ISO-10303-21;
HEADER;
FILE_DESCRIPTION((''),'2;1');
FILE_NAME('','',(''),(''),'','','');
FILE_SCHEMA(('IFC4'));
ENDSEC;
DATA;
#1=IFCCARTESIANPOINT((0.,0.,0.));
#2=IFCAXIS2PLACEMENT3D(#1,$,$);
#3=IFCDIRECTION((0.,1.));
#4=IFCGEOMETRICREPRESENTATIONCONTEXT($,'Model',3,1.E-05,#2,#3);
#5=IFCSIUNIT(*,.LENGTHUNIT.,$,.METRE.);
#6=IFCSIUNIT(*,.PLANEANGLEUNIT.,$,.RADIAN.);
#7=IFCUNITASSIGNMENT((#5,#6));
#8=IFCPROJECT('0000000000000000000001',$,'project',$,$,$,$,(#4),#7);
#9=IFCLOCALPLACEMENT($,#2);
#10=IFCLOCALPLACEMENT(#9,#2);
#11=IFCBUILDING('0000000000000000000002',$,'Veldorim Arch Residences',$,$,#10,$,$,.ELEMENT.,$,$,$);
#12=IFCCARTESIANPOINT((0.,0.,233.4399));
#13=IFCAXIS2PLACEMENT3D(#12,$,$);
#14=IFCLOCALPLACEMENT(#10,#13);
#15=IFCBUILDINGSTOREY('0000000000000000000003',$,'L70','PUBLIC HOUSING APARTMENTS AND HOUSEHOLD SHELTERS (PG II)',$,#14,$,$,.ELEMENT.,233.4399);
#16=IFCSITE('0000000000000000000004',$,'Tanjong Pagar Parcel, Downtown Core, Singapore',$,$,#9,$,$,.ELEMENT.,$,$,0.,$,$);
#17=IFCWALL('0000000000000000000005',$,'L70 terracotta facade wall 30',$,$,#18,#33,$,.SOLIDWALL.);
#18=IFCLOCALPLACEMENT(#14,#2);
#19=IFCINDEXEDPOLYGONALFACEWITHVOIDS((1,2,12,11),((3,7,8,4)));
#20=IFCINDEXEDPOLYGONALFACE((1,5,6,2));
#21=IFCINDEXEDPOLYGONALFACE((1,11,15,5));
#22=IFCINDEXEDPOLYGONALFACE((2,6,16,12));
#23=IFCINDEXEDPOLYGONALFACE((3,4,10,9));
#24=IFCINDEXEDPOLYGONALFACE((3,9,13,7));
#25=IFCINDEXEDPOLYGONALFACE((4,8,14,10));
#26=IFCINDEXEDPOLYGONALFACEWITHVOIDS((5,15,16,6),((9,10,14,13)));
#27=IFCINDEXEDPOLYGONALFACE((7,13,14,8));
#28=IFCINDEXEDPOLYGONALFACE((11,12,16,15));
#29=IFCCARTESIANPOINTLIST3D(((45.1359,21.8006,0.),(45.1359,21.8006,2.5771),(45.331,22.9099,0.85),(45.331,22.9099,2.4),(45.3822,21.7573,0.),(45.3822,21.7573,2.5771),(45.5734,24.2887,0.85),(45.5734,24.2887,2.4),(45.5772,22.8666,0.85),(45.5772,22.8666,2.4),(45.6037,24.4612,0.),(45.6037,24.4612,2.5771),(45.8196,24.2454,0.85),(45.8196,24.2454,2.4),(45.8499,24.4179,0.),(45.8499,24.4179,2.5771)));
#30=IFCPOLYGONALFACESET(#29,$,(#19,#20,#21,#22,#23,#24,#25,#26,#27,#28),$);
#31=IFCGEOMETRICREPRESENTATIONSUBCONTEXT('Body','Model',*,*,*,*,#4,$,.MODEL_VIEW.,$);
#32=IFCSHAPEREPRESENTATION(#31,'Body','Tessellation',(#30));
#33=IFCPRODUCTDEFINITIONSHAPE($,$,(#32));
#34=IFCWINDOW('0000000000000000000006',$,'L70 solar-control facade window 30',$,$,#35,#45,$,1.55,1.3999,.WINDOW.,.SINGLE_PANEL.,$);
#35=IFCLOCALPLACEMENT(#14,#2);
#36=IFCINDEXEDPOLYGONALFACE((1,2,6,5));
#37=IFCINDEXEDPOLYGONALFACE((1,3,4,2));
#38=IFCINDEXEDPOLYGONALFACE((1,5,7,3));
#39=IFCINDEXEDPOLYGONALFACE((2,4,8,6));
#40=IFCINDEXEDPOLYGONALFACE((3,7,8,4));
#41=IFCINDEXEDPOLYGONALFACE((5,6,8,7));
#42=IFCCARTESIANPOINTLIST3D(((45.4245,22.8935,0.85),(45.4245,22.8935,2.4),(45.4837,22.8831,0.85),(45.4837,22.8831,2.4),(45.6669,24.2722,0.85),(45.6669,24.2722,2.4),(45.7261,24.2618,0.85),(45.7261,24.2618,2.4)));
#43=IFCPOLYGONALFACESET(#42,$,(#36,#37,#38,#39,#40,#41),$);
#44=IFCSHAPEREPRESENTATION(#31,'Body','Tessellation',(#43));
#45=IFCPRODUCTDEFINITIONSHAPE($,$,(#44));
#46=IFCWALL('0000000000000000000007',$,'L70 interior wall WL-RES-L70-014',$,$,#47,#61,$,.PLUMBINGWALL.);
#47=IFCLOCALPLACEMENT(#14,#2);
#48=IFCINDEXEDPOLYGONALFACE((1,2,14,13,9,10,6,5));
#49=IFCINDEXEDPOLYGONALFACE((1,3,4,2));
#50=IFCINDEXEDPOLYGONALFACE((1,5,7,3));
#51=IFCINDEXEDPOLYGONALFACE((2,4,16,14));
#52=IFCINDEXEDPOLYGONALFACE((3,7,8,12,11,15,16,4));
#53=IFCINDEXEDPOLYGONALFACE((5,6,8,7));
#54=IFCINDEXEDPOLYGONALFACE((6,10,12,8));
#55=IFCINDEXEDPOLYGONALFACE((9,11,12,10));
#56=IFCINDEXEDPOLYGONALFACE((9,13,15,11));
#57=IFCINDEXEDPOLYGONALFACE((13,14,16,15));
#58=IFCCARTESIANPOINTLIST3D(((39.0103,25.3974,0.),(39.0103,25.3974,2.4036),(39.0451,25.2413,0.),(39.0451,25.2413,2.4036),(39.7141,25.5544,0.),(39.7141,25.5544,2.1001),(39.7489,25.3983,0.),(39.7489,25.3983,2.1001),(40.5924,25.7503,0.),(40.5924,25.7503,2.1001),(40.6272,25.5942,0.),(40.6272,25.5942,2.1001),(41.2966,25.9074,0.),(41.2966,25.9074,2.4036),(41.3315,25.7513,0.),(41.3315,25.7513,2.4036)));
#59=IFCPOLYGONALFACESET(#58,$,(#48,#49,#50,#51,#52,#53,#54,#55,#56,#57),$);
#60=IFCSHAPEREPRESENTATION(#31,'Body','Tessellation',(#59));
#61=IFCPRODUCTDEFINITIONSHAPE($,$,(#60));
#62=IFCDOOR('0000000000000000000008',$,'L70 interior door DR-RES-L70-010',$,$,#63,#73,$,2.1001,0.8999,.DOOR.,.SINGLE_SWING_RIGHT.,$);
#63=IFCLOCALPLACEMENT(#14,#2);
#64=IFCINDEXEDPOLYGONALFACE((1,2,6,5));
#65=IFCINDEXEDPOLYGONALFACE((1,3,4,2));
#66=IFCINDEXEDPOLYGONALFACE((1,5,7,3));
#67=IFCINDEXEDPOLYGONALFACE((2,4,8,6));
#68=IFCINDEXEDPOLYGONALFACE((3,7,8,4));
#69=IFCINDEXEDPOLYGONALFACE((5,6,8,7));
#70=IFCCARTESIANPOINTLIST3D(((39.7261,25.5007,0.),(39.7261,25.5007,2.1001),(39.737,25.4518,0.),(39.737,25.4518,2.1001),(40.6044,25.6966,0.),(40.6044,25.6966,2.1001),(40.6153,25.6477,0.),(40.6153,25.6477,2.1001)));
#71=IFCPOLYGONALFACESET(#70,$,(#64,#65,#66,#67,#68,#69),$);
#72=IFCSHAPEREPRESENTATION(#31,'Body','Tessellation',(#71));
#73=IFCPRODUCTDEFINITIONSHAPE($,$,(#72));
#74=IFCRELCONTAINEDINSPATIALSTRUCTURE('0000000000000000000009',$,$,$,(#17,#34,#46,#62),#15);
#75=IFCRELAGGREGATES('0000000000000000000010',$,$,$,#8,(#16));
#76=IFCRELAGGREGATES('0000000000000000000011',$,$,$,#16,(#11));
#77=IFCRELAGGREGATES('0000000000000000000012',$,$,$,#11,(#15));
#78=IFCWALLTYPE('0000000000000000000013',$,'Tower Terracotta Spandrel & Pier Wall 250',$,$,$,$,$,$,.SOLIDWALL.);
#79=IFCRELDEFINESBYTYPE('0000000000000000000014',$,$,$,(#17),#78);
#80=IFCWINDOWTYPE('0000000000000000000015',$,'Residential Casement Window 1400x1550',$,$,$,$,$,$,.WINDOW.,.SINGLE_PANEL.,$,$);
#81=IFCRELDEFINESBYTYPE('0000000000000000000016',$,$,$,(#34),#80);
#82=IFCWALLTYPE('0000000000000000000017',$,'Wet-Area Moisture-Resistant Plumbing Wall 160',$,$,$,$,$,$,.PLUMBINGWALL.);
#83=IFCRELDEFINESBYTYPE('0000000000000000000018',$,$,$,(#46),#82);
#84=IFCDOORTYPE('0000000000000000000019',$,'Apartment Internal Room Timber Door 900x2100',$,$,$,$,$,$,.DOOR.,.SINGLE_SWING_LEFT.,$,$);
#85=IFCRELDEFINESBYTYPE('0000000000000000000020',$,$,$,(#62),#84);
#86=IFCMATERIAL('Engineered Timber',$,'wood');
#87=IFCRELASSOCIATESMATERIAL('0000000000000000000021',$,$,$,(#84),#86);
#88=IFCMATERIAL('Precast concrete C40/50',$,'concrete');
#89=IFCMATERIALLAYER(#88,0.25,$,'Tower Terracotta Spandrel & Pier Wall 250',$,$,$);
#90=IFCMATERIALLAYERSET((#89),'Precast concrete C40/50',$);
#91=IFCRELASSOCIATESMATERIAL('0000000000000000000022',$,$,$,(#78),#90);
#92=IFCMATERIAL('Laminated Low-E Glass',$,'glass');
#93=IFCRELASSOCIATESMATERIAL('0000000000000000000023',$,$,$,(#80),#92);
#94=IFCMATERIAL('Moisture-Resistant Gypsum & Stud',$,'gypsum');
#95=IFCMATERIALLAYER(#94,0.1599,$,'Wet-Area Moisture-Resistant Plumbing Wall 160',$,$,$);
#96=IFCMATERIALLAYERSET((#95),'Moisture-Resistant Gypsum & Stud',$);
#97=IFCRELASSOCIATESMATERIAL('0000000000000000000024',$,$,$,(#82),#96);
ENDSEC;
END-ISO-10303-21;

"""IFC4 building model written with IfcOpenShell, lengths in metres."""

from ifc_helpers import new_model, si_unit, direction, frame, frame_2d, origin, place, context, subcontext, project, spatial, rectangle, extrude, material, layer, layer_set, type_object, element, fill, save


model = new_model("IFC4")

# Units and contexts
model_context = context("Model", 3, precision=1e-05, world=origin(), true_north=direction((0.0, 1.0)))
body_context = subcontext(model_context, "Body", "Model", "MODEL_VIEW")
ifc_project = project(units=[si_unit("LENGTHUNIT", "METRE"), si_unit("PLANEANGLEUNIT", "RADIAN")], contexts=[model_context])

# Site, building, storey
site_placement = place(None, origin())
site = spatial("IfcSite", under=ifc_project, at=site_placement, Name="Tanjong Pagar Parcel, Downtown Core, Singapore", CompositionType="ELEMENT", RefElevation=0.0)
building_placement = place(site_placement, origin())
building = spatial("IfcBuilding", under=site, at=building_placement, Name="Veldorim Arch Residences", CompositionType="ELEMENT")
storey_placement = place(building_placement, frame((0.0, 0.0, 233.4399)))
storey = spatial("IfcBuildingStorey", under=building, at=storey_placement, Name="L70", Description="PUBLIC HOUSING APARTMENTS AND HOUSEHOLD SHELTERS (PG II)", CompositionType="ELEMENT", Elevation=233.4399)

# Shared definitions
ifc_material_1 = material(Name="Engineered Timber", Category="wood")
door_type = type_object("IfcDoorType", Name="Apartment Internal Room Timber Door 900x2100", OperationType="SINGLE_SWING_LEFT", PredefinedType="DOOR", material=ifc_material_1)

# Shared definitions
ifc_material_2 = material(Name="Precast concrete C40/50", Category="concrete")
ifc_layer_1 = layer(ifc_material_2, 0.25, Name="Tower Terracotta Spandrel & Pier Wall 250")
ifc_layer_set_1 = layer_set([ifc_layer_1], Name="Precast concrete C40/50")
wall_type_1 = type_object("IfcWallType", Name="Tower Terracotta Spandrel & Pier Wall 250", PredefinedType="SOLIDWALL", material=ifc_layer_set_1)

# Wall, opening, window
wall_1_placement = place(storey_placement, frame((45.7268, 24.4395, 0.0), z_axis=(0.0, 0.0, 1.0), x_axis=(-0.173156, -0.984894, 0.0)))
wall_1 = element("IfcWall", 1, at=wall_1_placement, inside=storey, type_object=wall_type_1, Name="L70 terracotta facade wall 30", PredefinedType="SOLIDWALL", context=body_context, shape_type="SweptSolid", body=[
    extrude(rectangle(XDim=2.7014, YDim=0.25, at=frame_2d((1.3506, 0.0))), origin(), (0.0, 0.0, 1.0), 2.5771),
])
opening_1_placement = place(wall_1_placement, frame((0.175, 0.0, 0.8501)))
opening_1 = element("IfcOpeningElement", 2, at=opening_1_placement, cuts=wall_1, PredefinedType="OPENING", context=body_context, shape_type="SweptSolid", body=[
    extrude(rectangle(XDim=1.3999, YDim=1.55, at=frame_2d((0.7, 0.7749))), frame((0.0, 0.135, 0.0), z_axis=(0.0, -1.0, 0.0), x_axis=(1.0, 0.0, 0.0)), (0.0, 0.0, 1.0), 0.27),
])
ifc_material_3 = material(Name="Laminated Low-E Glass", Category="glass")
window_type = type_object("IfcWindowType", Name="Residential Casement Window 1400x1550", PartitioningType="SINGLE_PANEL", PredefinedType="WINDOW", material=ifc_material_3)
window_placement = place(opening_1_placement, origin())
window = element("IfcWindow", 3, at=window_placement, inside=storey, type_object=window_type, Name="L70 solar-control facade window 30", OverallHeight=1.55, OverallWidth=1.3999, PartitioningType="SINGLE_PANEL", PredefinedType="WINDOW", context=body_context, shape_type="SweptSolid", body=[
    extrude(rectangle(XDim=1.3999, YDim=1.55, at=frame_2d((0.7, 0.7749))), frame((0.0, 0.03, 0.0), z_axis=(0.0, -1.0, 0.0), x_axis=(1.0, 0.0, 0.0)), (0.0, 0.0, 1.0), 0.0601),
])
fill(opening_1, window)

# Wall, opening, door
ifc_material_4 = material(Name="Moisture-Resistant Gypsum & Stud", Category="gypsum")
ifc_layer_2 = layer(ifc_material_4, 0.1599, Name="Wet-Area Moisture-Resistant Plumbing Wall 160")
ifc_layer_set_2 = layer_set([ifc_layer_2], Name="Moisture-Resistant Gypsum & Stud")
wall_type_2 = type_object("IfcWallType", Name="Wet-Area Moisture-Resistant Plumbing Wall 160", PredefinedType="PLUMBINGWALL", material=ifc_layer_set_2)
wall_2_placement = place(storey_placement, frame((39.0276, 25.3193, 0.0), z_axis=(0.0, 0.0, 1.0), x_axis=(0.976013, 0.217714, 0.0)))
wall_2 = element("IfcWall", 4, at=wall_2_placement, inside=storey, type_object=wall_type_2, Name="L70 interior wall WL-RES-L70-014", PredefinedType="PLUMBINGWALL", context=body_context, shape_type="SweptSolid", body=[
    extrude(rectangle(XDim=2.3425, YDim=0.1599, at=frame_2d((1.1714, 0.0))), origin(), (0.0, 0.0, 1.0), 2.4036),
])
opening_2_placement = place(wall_2_placement, frame((0.7212, 0.0, 0.0)))
opening_2 = element("IfcOpeningElement", 5, at=opening_2_placement, cuts=wall_2, PredefinedType="OPENING", context=body_context, shape_type="SweptSolid", body=[
    extrude(rectangle(XDim=0.8999, YDim=2.1001, at=frame_2d((0.45, 1.05))), frame((0.0, 0.0898, 0.0), z_axis=(0.0, -1.0, 0.0), x_axis=(1.0, 0.0, 0.0)), (0.0, 0.0, 1.0), 0.1799),
])
door_1_placement = place(opening_2_placement, origin())
door_1 = element("IfcDoor", 6, at=door_1_placement, inside=storey, type_object=door_type, Name="L70 interior door DR-RES-L70-010", OperationType="SINGLE_SWING_RIGHT", OverallHeight=2.1001, OverallWidth=0.8999, PredefinedType="DOOR", context=body_context, shape_type="SweptSolid", body=[
    extrude(rectangle(XDim=0.8999, YDim=2.1001, at=frame_2d((0.45, 1.05))), frame((0.0, 0.0249, 0.0), z_axis=(0.0, -1.0, 0.0), x_axis=(1.0, 0.0, 0.0)), (0.0, 0.0, 1.0), 0.05),
])
fill(opening_2, door_1)

save(model, "model.ifc")
